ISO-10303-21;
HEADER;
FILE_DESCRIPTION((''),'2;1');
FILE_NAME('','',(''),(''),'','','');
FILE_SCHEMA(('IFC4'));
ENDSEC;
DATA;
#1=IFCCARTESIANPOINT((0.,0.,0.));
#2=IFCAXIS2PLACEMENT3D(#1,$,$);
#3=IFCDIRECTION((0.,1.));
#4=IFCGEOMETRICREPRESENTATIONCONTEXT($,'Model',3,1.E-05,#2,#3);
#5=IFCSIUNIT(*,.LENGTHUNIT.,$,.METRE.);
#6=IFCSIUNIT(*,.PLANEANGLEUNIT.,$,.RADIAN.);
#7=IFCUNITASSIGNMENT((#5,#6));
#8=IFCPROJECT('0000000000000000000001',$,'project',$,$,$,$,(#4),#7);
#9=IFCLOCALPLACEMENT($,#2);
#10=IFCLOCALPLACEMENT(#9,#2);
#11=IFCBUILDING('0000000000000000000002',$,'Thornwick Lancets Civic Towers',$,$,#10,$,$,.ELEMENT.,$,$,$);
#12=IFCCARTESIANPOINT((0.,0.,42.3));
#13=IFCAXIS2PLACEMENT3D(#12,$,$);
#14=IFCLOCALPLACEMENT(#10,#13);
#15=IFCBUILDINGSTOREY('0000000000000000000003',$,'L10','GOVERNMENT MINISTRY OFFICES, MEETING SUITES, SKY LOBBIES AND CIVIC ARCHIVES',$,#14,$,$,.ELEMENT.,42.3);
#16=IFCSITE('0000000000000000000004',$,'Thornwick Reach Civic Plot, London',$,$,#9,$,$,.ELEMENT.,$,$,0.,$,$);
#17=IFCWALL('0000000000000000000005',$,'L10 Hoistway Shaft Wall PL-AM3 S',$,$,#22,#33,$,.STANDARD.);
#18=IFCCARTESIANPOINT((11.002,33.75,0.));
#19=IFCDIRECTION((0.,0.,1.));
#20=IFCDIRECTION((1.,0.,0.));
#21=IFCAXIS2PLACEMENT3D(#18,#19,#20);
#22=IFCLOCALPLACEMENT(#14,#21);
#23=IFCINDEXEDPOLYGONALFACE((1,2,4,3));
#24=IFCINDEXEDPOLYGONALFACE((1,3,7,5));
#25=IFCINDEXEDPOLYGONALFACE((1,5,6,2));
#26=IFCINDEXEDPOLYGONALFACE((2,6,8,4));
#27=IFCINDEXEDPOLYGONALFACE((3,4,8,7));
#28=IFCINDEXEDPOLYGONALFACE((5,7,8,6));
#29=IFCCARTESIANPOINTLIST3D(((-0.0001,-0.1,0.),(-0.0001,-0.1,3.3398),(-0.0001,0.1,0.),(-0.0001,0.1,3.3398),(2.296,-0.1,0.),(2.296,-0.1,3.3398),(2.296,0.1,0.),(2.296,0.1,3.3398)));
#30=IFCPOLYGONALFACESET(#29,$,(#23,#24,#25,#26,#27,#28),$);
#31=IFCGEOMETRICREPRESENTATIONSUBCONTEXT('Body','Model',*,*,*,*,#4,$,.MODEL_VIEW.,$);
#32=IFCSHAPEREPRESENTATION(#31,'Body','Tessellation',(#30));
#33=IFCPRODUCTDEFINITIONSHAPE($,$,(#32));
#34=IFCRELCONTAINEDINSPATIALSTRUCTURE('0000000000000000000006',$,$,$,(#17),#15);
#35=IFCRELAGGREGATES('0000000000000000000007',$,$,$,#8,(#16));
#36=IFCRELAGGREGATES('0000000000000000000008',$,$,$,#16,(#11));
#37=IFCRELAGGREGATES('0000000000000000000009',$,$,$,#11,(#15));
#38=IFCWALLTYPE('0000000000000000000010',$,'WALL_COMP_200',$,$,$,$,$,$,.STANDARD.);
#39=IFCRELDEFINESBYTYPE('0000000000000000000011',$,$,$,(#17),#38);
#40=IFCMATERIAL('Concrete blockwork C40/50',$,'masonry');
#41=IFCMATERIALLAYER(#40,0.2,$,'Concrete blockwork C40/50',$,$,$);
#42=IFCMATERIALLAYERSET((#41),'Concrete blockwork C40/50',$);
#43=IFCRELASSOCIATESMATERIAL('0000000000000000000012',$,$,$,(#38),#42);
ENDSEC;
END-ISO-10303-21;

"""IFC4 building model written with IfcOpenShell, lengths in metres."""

from ifc_helpers import new_model, si_unit, direction, frame, frame_2d, origin, place, context, subcontext, project, spatial, rectangle, extrude, material, layer, layer_set, type_object, element, save


model = new_model("IFC4")

# Units and contexts
model_context = context("Model", 3, precision=1e-05, world=origin(), true_north=direction((0.0, 1.0)))
body_context = subcontext(model_context, "Body", "Model", "MODEL_VIEW")
ifc_project = project(units=[si_unit("LENGTHUNIT", "METRE"), si_unit("PLANEANGLEUNIT", "RADIAN")], contexts=[model_context])

# Site, building, storey
site_placement = place(None, origin())
site = spatial("IfcSite", under=ifc_project, at=site_placement, Name="Thornwick Reach Civic Plot, London", CompositionType="ELEMENT", RefElevation=0.0)
building_placement = place(site_placement, origin())
building = spatial("IfcBuilding", under=site, at=building_placement, Name="Thornwick Lancets Civic Towers", CompositionType="ELEMENT")
storey_placement = place(building_placement, frame((0.0, 0.0, 42.3)))
storey = spatial("IfcBuildingStorey", under=building, at=storey_placement, Name="L10", Description="GOVERNMENT MINISTRY OFFICES, MEETING SUITES, SKY LOBBIES AND CIVIC ARCHIVES", CompositionType="ELEMENT", Elevation=42.3)

# Wall
ifc_material_1 = material(Name="Concrete blockwork C40/50", Category="masonry")
ifc_layer_1 = layer(ifc_material_1, 0.2, Name="Concrete blockwork C40/50")
ifc_layer_set_1 = layer_set([ifc_layer_1], Name="Concrete blockwork C40/50")
wall_type_1 = type_object("IfcWallType", Name="WALL_COMP_200", PredefinedType="STANDARD", material=ifc_layer_set_1)
wall_1_placement = place(storey_placement, frame((11.002, 33.75, 0.0), z_axis=(0.0, 0.0, 1.0), x_axis=(1.0, 0.0, 0.0)))
element("IfcWall", 1, at=wall_1_placement, inside=storey, type_object=wall_type_1, Name="L10 Hoistway Shaft Wall PL-AM3 S", PredefinedType="STANDARD", context=body_context, shape_type="SweptSolid", body=[
    extrude(rectangle(XDim=2.2961, YDim=0.2, at=frame_2d((1.1479, 0.0))), origin(), (0.0, 0.0, 1.0), 3.3398),
])

save(model, "model.ifc")
